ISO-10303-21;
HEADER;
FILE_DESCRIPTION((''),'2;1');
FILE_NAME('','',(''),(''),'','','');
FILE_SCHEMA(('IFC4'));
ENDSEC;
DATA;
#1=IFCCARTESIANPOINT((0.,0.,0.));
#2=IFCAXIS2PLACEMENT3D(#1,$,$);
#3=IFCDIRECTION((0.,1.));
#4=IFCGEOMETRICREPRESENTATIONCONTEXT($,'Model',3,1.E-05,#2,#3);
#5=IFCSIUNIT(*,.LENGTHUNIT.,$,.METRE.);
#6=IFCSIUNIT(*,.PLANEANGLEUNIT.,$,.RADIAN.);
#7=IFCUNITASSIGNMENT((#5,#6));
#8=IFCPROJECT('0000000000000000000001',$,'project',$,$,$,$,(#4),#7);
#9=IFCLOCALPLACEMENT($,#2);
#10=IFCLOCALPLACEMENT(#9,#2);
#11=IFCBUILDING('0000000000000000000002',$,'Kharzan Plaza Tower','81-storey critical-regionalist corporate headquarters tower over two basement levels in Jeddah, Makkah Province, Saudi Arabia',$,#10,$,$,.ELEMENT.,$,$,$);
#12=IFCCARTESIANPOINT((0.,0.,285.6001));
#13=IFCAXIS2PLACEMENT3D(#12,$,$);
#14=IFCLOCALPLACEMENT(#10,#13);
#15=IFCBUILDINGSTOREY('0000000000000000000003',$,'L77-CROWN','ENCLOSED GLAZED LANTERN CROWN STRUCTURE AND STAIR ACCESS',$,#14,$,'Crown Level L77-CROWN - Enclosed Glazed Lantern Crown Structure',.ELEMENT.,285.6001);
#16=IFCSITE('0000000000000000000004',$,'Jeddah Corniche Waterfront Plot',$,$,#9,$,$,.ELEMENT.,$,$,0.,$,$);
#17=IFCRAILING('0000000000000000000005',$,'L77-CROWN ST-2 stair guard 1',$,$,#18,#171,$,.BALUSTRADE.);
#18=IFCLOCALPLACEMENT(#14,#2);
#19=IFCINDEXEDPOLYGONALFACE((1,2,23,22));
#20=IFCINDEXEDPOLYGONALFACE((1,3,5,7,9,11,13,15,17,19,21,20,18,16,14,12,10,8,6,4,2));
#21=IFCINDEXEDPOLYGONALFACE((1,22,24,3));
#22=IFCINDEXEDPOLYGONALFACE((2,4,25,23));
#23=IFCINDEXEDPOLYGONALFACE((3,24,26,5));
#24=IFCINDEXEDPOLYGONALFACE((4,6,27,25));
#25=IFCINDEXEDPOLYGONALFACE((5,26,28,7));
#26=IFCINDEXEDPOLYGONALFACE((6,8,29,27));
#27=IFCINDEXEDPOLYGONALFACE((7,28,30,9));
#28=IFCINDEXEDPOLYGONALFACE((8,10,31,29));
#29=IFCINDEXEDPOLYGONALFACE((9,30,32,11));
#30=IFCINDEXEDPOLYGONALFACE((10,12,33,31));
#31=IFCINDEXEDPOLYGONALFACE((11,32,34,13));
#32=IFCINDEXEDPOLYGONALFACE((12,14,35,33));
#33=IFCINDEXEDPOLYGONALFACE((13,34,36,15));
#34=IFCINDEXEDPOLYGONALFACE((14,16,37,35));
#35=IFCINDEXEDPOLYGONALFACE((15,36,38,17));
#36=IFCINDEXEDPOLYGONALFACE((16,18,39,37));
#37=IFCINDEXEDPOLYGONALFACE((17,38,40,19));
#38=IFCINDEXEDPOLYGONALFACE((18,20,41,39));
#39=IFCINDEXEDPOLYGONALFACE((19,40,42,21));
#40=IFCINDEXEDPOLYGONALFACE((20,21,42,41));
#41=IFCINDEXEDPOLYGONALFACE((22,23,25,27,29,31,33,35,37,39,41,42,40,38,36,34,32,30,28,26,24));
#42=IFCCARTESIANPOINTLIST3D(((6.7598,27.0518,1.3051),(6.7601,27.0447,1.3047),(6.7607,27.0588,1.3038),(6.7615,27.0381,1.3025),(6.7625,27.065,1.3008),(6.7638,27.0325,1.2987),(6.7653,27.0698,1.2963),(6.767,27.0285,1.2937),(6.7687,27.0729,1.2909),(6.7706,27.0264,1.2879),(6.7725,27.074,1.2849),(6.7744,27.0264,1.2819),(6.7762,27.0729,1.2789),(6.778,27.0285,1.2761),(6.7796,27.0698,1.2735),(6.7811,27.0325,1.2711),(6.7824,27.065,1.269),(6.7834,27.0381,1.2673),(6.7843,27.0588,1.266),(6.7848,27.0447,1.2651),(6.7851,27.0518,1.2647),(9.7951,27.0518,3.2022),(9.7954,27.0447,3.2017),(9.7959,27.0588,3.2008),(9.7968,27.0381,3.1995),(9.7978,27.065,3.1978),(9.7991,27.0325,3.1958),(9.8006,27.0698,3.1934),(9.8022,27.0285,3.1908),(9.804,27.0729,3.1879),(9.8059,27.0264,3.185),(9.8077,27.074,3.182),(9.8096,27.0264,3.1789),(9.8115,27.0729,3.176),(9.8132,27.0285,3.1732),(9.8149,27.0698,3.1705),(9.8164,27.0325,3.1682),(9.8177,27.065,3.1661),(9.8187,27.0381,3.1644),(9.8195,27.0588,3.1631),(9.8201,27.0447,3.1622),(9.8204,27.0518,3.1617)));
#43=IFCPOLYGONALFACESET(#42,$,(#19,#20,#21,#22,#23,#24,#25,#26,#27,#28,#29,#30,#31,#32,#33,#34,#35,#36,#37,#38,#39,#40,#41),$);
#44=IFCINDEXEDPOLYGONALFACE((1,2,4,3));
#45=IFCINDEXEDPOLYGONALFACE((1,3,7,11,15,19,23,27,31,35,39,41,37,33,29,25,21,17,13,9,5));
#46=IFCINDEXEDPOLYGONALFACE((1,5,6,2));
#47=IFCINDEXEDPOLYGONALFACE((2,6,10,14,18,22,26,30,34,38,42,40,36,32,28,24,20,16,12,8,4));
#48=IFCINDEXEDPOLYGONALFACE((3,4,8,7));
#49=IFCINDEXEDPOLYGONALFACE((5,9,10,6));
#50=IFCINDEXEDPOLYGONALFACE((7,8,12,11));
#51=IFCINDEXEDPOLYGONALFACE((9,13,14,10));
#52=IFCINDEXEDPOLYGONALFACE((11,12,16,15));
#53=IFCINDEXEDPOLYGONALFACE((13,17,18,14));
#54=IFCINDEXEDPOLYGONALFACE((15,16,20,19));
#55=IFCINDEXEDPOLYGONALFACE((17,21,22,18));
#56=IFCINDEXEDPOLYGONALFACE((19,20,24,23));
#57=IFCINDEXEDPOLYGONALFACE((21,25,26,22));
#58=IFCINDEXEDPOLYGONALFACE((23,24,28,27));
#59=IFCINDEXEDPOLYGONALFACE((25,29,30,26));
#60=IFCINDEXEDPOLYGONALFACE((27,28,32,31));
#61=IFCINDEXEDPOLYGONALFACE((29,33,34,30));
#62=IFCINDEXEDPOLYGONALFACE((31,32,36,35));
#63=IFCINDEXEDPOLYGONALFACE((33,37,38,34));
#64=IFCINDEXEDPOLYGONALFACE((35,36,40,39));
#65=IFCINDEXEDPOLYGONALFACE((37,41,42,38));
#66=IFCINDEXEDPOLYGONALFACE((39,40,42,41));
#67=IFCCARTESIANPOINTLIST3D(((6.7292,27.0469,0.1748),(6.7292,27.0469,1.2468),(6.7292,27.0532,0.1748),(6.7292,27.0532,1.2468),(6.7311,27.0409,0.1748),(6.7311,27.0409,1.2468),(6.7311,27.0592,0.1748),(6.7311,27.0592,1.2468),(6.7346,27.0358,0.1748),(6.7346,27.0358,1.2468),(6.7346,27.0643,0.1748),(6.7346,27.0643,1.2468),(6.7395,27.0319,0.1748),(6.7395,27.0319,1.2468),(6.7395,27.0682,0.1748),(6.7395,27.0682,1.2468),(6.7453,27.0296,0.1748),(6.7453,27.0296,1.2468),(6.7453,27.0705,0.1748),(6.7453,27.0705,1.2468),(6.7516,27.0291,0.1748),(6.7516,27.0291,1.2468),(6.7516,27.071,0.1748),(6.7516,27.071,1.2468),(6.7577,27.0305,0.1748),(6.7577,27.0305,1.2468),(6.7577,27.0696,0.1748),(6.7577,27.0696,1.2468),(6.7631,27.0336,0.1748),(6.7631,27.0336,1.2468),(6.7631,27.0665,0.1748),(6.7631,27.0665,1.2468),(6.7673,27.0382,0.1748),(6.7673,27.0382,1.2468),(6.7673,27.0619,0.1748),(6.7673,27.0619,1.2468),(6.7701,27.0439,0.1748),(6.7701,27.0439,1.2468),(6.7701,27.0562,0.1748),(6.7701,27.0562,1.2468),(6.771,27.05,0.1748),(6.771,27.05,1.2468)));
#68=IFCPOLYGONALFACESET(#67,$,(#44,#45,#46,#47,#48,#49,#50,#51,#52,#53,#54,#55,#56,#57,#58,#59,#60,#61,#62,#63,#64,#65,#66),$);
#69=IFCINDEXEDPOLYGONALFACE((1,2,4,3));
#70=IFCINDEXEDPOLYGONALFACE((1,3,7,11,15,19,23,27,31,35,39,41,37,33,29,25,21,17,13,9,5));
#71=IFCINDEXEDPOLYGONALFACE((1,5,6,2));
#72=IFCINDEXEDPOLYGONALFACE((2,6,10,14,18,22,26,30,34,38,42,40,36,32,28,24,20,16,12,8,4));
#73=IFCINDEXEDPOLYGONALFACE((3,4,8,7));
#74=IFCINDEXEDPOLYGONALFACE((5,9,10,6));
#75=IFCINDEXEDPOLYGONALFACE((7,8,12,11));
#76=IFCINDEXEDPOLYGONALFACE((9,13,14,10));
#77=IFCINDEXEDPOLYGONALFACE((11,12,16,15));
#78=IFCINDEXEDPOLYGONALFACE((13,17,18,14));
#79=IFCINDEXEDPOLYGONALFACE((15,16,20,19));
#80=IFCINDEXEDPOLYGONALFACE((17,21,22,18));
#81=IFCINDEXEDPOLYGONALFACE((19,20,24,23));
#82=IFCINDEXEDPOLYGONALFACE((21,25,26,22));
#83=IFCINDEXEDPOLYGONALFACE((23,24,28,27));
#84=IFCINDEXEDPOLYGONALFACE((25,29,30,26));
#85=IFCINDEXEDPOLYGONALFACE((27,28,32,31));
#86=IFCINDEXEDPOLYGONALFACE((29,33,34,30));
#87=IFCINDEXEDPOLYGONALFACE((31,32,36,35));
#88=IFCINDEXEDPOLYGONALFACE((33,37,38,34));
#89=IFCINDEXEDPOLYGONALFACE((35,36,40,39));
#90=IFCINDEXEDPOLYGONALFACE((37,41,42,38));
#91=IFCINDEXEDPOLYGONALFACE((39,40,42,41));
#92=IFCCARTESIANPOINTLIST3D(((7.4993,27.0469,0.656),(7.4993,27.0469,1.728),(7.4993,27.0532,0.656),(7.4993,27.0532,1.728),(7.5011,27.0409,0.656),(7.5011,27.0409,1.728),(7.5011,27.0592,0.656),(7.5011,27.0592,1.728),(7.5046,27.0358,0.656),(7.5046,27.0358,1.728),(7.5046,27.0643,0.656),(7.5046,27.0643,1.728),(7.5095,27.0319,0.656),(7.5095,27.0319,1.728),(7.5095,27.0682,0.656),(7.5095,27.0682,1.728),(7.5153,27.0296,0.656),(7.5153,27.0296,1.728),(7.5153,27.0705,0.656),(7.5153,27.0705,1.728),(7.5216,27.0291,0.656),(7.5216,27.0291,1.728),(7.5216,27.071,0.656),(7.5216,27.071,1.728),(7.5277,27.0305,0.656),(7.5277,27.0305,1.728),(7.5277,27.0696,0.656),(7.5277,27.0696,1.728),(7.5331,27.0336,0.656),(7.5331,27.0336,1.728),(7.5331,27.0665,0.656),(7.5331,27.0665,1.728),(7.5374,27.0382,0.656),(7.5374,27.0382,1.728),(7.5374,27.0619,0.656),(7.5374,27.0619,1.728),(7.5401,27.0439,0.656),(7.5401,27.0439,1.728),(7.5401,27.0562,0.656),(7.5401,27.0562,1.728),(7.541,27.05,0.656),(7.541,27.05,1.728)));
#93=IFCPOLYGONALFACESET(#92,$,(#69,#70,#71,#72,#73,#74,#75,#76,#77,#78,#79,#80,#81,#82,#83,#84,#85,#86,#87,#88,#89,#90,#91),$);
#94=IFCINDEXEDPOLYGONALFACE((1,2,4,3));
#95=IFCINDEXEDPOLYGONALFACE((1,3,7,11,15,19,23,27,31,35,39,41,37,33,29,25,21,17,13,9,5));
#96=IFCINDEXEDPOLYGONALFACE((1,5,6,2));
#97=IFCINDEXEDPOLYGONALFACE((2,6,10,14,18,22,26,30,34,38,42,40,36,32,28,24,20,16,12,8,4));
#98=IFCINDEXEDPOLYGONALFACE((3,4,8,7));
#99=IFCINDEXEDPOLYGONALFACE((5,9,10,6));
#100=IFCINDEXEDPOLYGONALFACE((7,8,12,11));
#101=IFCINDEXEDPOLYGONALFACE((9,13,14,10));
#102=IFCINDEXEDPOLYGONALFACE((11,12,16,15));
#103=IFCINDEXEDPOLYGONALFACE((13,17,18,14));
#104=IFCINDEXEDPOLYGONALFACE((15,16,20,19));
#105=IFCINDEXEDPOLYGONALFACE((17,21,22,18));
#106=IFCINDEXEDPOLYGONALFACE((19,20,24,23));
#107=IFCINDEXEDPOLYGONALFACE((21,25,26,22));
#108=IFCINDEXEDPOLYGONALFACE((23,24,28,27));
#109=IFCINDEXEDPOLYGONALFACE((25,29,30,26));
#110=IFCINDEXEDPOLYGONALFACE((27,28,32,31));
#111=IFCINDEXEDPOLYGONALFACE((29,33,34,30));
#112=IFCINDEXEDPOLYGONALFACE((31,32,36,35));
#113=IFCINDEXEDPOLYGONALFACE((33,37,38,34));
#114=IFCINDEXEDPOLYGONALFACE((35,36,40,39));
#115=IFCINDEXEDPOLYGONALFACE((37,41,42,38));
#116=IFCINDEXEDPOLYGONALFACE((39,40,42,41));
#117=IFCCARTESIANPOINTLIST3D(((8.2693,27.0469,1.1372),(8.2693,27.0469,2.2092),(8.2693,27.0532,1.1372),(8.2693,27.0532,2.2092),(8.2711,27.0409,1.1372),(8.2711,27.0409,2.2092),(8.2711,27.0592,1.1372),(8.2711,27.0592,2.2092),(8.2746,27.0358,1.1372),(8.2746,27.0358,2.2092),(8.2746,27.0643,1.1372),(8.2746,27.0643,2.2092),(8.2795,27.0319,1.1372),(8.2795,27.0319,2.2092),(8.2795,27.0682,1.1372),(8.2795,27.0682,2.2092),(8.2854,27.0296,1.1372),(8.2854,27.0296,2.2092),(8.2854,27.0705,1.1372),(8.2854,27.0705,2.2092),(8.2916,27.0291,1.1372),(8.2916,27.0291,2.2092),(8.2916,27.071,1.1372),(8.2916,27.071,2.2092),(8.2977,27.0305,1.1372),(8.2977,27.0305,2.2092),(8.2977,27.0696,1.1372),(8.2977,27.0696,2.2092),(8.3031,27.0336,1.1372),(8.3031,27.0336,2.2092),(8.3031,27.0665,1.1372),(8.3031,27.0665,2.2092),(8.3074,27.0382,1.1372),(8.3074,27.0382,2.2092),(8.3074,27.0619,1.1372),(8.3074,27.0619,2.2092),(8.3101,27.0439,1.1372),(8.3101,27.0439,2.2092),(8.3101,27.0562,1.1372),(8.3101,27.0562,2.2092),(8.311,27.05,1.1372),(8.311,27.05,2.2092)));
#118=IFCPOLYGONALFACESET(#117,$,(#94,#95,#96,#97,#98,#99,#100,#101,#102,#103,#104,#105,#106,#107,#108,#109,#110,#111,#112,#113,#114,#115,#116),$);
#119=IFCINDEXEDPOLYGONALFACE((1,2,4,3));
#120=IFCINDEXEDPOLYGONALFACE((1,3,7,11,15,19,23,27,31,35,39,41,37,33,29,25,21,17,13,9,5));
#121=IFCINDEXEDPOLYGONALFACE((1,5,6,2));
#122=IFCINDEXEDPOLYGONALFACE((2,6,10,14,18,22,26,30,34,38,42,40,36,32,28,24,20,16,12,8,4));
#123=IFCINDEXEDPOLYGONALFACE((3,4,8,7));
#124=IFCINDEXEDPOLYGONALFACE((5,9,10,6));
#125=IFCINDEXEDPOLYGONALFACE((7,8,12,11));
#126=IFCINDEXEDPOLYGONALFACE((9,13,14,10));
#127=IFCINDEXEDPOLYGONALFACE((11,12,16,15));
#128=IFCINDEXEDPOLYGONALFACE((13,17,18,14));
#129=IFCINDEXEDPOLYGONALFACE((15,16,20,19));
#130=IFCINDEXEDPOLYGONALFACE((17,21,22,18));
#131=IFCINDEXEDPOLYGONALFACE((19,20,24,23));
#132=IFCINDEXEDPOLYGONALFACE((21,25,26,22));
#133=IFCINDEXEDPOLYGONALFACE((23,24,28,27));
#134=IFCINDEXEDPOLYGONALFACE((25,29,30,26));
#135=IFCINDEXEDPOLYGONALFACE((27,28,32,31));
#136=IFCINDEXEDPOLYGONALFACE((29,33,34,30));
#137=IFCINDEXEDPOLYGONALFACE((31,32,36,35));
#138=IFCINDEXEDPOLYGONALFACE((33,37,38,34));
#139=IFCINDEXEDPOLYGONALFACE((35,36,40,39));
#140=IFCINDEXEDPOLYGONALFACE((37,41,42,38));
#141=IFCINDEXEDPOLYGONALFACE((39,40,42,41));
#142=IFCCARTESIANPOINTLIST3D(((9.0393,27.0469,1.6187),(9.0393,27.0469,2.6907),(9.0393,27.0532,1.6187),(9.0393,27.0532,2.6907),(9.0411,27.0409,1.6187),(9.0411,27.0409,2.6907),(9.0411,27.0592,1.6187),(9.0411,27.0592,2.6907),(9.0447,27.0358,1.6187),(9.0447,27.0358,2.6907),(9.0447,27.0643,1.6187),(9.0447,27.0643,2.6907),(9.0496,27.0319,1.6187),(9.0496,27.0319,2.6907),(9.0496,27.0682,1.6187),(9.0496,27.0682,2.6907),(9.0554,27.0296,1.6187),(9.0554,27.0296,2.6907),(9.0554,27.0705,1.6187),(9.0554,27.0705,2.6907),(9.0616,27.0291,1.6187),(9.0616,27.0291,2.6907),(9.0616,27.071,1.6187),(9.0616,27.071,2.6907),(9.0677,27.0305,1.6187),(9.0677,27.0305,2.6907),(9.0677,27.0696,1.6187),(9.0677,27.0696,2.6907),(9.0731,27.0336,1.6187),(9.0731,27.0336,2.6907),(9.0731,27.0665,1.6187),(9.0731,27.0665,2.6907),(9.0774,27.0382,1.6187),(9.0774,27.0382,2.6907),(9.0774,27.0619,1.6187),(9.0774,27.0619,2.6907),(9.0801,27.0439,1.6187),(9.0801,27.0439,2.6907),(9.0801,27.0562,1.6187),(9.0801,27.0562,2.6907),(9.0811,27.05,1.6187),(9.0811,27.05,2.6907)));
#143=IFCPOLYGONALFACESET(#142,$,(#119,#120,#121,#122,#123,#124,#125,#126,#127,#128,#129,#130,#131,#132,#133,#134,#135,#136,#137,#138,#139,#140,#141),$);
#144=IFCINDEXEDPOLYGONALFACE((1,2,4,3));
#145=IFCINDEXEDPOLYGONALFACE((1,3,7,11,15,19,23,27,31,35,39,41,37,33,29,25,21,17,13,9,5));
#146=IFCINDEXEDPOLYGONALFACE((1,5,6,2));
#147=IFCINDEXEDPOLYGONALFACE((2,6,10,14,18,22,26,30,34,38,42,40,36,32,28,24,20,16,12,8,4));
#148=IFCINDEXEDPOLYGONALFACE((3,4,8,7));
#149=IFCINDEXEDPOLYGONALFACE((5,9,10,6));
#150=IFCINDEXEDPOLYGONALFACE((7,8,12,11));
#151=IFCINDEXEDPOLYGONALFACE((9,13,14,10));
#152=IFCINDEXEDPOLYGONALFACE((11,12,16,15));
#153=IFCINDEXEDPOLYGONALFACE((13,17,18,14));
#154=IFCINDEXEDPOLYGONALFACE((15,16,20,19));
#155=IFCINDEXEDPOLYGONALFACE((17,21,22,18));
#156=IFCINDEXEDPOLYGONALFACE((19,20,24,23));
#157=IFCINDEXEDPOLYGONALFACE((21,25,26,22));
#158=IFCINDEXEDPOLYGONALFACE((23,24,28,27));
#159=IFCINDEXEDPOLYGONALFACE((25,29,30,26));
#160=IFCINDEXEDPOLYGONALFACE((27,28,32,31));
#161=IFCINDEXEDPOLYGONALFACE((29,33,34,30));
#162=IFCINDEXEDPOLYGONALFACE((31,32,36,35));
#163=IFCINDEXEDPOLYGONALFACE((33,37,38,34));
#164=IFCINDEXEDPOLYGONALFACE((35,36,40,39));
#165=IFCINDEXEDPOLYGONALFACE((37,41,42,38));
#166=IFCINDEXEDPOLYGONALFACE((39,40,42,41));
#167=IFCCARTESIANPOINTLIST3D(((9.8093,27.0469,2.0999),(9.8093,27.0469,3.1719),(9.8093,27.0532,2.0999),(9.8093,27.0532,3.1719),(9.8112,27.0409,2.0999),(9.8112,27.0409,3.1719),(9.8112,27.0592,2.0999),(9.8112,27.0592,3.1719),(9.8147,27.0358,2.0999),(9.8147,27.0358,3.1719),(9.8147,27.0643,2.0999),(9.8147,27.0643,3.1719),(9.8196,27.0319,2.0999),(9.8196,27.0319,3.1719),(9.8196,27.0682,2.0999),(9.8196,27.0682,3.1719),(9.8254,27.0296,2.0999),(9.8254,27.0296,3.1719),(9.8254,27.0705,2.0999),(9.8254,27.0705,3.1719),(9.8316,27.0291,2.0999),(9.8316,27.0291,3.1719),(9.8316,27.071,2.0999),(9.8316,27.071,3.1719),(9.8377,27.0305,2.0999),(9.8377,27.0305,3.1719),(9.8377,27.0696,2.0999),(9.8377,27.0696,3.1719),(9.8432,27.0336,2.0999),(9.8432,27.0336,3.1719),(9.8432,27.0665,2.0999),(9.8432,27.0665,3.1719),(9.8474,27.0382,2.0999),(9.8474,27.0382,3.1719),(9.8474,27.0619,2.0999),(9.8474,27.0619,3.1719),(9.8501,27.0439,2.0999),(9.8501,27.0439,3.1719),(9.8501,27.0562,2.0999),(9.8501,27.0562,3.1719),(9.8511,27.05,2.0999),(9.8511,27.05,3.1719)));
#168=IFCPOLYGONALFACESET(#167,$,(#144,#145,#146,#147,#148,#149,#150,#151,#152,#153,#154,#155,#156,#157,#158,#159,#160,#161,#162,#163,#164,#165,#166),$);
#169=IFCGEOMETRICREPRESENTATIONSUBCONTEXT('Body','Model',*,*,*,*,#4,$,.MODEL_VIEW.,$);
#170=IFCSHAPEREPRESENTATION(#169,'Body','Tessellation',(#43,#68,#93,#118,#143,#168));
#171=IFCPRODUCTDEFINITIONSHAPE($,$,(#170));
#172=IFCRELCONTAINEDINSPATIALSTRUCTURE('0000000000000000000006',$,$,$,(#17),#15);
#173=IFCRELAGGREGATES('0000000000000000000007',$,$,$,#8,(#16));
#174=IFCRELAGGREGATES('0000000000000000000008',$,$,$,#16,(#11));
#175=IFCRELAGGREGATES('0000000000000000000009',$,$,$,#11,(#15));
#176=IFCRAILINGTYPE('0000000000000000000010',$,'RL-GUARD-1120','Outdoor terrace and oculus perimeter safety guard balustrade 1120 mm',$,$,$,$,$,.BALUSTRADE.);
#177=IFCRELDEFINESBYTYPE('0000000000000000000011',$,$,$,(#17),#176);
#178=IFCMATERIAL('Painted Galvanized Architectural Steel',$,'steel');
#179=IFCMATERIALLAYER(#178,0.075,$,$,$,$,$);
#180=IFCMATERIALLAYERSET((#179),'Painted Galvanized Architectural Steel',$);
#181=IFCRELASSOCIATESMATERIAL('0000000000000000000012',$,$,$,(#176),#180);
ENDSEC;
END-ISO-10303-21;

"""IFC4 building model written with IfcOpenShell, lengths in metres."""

from ifc_helpers import new_model, si_unit, direction, frame, origin, origin_2d, place, context, subcontext, project, spatial, circle, extrude, source, transform, mapped, material, layer, layer_set, type_object, element, save


model = new_model("IFC4")

# Units and contexts
model_context = context("Model", 3, precision=1e-05, world=origin(), true_north=direction((0.0, 1.0)))
body_context = subcontext(model_context, "Body", "Model", "MODEL_VIEW")
ifc_project = project(units=[si_unit("LENGTHUNIT", "METRE"), si_unit("PLANEANGLEUNIT", "RADIAN")], contexts=[model_context])

# Site, building, storey
site_placement = place(None, origin())
site = spatial("IfcSite", under=ifc_project, at=site_placement, Name="Jeddah Corniche Waterfront Plot", CompositionType="ELEMENT", RefElevation=0.0)
building_placement = place(site_placement, origin())
building = spatial("IfcBuilding", under=site, at=building_placement, Name="Kharzan Plaza Tower", Description="81-storey critical-regionalist corporate headquarters tower over two basement levels in Jeddah, Makkah Province, Saudi Arabia", CompositionType="ELEMENT")
storey_placement = place(building_placement, frame((0.0, 0.0, 285.6001)))
storey = spatial("IfcBuildingStorey", under=building, at=storey_placement, Name="L77-CROWN", Description="ENCLOSED GLAZED LANTERN CROWN STRUCTURE AND STAIR ACCESS", LongName="Crown Level L77-CROWN - Enclosed Glazed Lantern Crown Structure", CompositionType="ELEMENT", Elevation=285.6001)

# Railing
ifc_material_1 = material(Name="Painted Galvanized Architectural Steel", Category="steel")
ifc_layer_1 = layer(ifc_material_1, 0.075)
ifc_layer_set_1 = layer_set([ifc_layer_1], Name="Painted Galvanized Architectural Steel")
railing_type_1 = type_object("IfcRailingType", Name="RL-GUARD-1120", Description="Outdoor terrace and oculus perimeter safety guard balustrade 1120 mm", PredefinedType="BALUSTRADE", material=ifc_layer_set_1)
shared_shape_1 = source(origin(), body_context, "Body", "SweptSolid", [
    extrude(circle(Radius=0.0239, at=origin_2d()), frame((0.0225, 0.0, 1.1101), z_axis=(0.847998, 0.0, 0.529999), x_axis=(0.0, 1.0, 0.0)), (0.0, 0.0, 1.0), 3.5793),
    extrude(circle(Radius=0.021, at=origin_2d()), origin(), (0.0, 0.0, 1.0), 1.072),
    extrude(circle(Radius=0.021, at=origin_2d()), frame((0.77, 0.0, 0.4812)), (0.0, 0.0, 1.0), 1.072),
    extrude(circle(Radius=0.021, at=origin_2d()), frame((1.54, 0.0, 0.9624)), (0.0, 0.0, 1.0), 1.072),
    extrude(circle(Radius=0.021, at=origin_2d()), frame((2.3101, 0.0, 1.4438)), (0.0, 0.0, 1.0), 1.072),
    extrude(circle(Radius=0.021, at=origin_2d()), frame((3.0801, 0.0, 1.925)), (0.0, 0.0, 1.0), 1.072),
])
railing_1_placement = place(storey_placement, frame((6.75, 27.05, 0.1748)))
element("IfcRailing", 1, at=railing_1_placement, inside=storey, type_object=railing_type_1, Name="L77-CROWN ST-2 stair guard 1", PredefinedType="BALUSTRADE", context=body_context, shape_type="MappedRepresentation", body=[
    mapped(shared_shape_1, transform((0.0, 0.0, 0.0), x_axis=(1.0, 0.0, 0.0), y_axis=(0.0, 1.0, 0.0), z_axis=(0.0, 0.0, 1.0))),
])

save(model, "model.ifc")
